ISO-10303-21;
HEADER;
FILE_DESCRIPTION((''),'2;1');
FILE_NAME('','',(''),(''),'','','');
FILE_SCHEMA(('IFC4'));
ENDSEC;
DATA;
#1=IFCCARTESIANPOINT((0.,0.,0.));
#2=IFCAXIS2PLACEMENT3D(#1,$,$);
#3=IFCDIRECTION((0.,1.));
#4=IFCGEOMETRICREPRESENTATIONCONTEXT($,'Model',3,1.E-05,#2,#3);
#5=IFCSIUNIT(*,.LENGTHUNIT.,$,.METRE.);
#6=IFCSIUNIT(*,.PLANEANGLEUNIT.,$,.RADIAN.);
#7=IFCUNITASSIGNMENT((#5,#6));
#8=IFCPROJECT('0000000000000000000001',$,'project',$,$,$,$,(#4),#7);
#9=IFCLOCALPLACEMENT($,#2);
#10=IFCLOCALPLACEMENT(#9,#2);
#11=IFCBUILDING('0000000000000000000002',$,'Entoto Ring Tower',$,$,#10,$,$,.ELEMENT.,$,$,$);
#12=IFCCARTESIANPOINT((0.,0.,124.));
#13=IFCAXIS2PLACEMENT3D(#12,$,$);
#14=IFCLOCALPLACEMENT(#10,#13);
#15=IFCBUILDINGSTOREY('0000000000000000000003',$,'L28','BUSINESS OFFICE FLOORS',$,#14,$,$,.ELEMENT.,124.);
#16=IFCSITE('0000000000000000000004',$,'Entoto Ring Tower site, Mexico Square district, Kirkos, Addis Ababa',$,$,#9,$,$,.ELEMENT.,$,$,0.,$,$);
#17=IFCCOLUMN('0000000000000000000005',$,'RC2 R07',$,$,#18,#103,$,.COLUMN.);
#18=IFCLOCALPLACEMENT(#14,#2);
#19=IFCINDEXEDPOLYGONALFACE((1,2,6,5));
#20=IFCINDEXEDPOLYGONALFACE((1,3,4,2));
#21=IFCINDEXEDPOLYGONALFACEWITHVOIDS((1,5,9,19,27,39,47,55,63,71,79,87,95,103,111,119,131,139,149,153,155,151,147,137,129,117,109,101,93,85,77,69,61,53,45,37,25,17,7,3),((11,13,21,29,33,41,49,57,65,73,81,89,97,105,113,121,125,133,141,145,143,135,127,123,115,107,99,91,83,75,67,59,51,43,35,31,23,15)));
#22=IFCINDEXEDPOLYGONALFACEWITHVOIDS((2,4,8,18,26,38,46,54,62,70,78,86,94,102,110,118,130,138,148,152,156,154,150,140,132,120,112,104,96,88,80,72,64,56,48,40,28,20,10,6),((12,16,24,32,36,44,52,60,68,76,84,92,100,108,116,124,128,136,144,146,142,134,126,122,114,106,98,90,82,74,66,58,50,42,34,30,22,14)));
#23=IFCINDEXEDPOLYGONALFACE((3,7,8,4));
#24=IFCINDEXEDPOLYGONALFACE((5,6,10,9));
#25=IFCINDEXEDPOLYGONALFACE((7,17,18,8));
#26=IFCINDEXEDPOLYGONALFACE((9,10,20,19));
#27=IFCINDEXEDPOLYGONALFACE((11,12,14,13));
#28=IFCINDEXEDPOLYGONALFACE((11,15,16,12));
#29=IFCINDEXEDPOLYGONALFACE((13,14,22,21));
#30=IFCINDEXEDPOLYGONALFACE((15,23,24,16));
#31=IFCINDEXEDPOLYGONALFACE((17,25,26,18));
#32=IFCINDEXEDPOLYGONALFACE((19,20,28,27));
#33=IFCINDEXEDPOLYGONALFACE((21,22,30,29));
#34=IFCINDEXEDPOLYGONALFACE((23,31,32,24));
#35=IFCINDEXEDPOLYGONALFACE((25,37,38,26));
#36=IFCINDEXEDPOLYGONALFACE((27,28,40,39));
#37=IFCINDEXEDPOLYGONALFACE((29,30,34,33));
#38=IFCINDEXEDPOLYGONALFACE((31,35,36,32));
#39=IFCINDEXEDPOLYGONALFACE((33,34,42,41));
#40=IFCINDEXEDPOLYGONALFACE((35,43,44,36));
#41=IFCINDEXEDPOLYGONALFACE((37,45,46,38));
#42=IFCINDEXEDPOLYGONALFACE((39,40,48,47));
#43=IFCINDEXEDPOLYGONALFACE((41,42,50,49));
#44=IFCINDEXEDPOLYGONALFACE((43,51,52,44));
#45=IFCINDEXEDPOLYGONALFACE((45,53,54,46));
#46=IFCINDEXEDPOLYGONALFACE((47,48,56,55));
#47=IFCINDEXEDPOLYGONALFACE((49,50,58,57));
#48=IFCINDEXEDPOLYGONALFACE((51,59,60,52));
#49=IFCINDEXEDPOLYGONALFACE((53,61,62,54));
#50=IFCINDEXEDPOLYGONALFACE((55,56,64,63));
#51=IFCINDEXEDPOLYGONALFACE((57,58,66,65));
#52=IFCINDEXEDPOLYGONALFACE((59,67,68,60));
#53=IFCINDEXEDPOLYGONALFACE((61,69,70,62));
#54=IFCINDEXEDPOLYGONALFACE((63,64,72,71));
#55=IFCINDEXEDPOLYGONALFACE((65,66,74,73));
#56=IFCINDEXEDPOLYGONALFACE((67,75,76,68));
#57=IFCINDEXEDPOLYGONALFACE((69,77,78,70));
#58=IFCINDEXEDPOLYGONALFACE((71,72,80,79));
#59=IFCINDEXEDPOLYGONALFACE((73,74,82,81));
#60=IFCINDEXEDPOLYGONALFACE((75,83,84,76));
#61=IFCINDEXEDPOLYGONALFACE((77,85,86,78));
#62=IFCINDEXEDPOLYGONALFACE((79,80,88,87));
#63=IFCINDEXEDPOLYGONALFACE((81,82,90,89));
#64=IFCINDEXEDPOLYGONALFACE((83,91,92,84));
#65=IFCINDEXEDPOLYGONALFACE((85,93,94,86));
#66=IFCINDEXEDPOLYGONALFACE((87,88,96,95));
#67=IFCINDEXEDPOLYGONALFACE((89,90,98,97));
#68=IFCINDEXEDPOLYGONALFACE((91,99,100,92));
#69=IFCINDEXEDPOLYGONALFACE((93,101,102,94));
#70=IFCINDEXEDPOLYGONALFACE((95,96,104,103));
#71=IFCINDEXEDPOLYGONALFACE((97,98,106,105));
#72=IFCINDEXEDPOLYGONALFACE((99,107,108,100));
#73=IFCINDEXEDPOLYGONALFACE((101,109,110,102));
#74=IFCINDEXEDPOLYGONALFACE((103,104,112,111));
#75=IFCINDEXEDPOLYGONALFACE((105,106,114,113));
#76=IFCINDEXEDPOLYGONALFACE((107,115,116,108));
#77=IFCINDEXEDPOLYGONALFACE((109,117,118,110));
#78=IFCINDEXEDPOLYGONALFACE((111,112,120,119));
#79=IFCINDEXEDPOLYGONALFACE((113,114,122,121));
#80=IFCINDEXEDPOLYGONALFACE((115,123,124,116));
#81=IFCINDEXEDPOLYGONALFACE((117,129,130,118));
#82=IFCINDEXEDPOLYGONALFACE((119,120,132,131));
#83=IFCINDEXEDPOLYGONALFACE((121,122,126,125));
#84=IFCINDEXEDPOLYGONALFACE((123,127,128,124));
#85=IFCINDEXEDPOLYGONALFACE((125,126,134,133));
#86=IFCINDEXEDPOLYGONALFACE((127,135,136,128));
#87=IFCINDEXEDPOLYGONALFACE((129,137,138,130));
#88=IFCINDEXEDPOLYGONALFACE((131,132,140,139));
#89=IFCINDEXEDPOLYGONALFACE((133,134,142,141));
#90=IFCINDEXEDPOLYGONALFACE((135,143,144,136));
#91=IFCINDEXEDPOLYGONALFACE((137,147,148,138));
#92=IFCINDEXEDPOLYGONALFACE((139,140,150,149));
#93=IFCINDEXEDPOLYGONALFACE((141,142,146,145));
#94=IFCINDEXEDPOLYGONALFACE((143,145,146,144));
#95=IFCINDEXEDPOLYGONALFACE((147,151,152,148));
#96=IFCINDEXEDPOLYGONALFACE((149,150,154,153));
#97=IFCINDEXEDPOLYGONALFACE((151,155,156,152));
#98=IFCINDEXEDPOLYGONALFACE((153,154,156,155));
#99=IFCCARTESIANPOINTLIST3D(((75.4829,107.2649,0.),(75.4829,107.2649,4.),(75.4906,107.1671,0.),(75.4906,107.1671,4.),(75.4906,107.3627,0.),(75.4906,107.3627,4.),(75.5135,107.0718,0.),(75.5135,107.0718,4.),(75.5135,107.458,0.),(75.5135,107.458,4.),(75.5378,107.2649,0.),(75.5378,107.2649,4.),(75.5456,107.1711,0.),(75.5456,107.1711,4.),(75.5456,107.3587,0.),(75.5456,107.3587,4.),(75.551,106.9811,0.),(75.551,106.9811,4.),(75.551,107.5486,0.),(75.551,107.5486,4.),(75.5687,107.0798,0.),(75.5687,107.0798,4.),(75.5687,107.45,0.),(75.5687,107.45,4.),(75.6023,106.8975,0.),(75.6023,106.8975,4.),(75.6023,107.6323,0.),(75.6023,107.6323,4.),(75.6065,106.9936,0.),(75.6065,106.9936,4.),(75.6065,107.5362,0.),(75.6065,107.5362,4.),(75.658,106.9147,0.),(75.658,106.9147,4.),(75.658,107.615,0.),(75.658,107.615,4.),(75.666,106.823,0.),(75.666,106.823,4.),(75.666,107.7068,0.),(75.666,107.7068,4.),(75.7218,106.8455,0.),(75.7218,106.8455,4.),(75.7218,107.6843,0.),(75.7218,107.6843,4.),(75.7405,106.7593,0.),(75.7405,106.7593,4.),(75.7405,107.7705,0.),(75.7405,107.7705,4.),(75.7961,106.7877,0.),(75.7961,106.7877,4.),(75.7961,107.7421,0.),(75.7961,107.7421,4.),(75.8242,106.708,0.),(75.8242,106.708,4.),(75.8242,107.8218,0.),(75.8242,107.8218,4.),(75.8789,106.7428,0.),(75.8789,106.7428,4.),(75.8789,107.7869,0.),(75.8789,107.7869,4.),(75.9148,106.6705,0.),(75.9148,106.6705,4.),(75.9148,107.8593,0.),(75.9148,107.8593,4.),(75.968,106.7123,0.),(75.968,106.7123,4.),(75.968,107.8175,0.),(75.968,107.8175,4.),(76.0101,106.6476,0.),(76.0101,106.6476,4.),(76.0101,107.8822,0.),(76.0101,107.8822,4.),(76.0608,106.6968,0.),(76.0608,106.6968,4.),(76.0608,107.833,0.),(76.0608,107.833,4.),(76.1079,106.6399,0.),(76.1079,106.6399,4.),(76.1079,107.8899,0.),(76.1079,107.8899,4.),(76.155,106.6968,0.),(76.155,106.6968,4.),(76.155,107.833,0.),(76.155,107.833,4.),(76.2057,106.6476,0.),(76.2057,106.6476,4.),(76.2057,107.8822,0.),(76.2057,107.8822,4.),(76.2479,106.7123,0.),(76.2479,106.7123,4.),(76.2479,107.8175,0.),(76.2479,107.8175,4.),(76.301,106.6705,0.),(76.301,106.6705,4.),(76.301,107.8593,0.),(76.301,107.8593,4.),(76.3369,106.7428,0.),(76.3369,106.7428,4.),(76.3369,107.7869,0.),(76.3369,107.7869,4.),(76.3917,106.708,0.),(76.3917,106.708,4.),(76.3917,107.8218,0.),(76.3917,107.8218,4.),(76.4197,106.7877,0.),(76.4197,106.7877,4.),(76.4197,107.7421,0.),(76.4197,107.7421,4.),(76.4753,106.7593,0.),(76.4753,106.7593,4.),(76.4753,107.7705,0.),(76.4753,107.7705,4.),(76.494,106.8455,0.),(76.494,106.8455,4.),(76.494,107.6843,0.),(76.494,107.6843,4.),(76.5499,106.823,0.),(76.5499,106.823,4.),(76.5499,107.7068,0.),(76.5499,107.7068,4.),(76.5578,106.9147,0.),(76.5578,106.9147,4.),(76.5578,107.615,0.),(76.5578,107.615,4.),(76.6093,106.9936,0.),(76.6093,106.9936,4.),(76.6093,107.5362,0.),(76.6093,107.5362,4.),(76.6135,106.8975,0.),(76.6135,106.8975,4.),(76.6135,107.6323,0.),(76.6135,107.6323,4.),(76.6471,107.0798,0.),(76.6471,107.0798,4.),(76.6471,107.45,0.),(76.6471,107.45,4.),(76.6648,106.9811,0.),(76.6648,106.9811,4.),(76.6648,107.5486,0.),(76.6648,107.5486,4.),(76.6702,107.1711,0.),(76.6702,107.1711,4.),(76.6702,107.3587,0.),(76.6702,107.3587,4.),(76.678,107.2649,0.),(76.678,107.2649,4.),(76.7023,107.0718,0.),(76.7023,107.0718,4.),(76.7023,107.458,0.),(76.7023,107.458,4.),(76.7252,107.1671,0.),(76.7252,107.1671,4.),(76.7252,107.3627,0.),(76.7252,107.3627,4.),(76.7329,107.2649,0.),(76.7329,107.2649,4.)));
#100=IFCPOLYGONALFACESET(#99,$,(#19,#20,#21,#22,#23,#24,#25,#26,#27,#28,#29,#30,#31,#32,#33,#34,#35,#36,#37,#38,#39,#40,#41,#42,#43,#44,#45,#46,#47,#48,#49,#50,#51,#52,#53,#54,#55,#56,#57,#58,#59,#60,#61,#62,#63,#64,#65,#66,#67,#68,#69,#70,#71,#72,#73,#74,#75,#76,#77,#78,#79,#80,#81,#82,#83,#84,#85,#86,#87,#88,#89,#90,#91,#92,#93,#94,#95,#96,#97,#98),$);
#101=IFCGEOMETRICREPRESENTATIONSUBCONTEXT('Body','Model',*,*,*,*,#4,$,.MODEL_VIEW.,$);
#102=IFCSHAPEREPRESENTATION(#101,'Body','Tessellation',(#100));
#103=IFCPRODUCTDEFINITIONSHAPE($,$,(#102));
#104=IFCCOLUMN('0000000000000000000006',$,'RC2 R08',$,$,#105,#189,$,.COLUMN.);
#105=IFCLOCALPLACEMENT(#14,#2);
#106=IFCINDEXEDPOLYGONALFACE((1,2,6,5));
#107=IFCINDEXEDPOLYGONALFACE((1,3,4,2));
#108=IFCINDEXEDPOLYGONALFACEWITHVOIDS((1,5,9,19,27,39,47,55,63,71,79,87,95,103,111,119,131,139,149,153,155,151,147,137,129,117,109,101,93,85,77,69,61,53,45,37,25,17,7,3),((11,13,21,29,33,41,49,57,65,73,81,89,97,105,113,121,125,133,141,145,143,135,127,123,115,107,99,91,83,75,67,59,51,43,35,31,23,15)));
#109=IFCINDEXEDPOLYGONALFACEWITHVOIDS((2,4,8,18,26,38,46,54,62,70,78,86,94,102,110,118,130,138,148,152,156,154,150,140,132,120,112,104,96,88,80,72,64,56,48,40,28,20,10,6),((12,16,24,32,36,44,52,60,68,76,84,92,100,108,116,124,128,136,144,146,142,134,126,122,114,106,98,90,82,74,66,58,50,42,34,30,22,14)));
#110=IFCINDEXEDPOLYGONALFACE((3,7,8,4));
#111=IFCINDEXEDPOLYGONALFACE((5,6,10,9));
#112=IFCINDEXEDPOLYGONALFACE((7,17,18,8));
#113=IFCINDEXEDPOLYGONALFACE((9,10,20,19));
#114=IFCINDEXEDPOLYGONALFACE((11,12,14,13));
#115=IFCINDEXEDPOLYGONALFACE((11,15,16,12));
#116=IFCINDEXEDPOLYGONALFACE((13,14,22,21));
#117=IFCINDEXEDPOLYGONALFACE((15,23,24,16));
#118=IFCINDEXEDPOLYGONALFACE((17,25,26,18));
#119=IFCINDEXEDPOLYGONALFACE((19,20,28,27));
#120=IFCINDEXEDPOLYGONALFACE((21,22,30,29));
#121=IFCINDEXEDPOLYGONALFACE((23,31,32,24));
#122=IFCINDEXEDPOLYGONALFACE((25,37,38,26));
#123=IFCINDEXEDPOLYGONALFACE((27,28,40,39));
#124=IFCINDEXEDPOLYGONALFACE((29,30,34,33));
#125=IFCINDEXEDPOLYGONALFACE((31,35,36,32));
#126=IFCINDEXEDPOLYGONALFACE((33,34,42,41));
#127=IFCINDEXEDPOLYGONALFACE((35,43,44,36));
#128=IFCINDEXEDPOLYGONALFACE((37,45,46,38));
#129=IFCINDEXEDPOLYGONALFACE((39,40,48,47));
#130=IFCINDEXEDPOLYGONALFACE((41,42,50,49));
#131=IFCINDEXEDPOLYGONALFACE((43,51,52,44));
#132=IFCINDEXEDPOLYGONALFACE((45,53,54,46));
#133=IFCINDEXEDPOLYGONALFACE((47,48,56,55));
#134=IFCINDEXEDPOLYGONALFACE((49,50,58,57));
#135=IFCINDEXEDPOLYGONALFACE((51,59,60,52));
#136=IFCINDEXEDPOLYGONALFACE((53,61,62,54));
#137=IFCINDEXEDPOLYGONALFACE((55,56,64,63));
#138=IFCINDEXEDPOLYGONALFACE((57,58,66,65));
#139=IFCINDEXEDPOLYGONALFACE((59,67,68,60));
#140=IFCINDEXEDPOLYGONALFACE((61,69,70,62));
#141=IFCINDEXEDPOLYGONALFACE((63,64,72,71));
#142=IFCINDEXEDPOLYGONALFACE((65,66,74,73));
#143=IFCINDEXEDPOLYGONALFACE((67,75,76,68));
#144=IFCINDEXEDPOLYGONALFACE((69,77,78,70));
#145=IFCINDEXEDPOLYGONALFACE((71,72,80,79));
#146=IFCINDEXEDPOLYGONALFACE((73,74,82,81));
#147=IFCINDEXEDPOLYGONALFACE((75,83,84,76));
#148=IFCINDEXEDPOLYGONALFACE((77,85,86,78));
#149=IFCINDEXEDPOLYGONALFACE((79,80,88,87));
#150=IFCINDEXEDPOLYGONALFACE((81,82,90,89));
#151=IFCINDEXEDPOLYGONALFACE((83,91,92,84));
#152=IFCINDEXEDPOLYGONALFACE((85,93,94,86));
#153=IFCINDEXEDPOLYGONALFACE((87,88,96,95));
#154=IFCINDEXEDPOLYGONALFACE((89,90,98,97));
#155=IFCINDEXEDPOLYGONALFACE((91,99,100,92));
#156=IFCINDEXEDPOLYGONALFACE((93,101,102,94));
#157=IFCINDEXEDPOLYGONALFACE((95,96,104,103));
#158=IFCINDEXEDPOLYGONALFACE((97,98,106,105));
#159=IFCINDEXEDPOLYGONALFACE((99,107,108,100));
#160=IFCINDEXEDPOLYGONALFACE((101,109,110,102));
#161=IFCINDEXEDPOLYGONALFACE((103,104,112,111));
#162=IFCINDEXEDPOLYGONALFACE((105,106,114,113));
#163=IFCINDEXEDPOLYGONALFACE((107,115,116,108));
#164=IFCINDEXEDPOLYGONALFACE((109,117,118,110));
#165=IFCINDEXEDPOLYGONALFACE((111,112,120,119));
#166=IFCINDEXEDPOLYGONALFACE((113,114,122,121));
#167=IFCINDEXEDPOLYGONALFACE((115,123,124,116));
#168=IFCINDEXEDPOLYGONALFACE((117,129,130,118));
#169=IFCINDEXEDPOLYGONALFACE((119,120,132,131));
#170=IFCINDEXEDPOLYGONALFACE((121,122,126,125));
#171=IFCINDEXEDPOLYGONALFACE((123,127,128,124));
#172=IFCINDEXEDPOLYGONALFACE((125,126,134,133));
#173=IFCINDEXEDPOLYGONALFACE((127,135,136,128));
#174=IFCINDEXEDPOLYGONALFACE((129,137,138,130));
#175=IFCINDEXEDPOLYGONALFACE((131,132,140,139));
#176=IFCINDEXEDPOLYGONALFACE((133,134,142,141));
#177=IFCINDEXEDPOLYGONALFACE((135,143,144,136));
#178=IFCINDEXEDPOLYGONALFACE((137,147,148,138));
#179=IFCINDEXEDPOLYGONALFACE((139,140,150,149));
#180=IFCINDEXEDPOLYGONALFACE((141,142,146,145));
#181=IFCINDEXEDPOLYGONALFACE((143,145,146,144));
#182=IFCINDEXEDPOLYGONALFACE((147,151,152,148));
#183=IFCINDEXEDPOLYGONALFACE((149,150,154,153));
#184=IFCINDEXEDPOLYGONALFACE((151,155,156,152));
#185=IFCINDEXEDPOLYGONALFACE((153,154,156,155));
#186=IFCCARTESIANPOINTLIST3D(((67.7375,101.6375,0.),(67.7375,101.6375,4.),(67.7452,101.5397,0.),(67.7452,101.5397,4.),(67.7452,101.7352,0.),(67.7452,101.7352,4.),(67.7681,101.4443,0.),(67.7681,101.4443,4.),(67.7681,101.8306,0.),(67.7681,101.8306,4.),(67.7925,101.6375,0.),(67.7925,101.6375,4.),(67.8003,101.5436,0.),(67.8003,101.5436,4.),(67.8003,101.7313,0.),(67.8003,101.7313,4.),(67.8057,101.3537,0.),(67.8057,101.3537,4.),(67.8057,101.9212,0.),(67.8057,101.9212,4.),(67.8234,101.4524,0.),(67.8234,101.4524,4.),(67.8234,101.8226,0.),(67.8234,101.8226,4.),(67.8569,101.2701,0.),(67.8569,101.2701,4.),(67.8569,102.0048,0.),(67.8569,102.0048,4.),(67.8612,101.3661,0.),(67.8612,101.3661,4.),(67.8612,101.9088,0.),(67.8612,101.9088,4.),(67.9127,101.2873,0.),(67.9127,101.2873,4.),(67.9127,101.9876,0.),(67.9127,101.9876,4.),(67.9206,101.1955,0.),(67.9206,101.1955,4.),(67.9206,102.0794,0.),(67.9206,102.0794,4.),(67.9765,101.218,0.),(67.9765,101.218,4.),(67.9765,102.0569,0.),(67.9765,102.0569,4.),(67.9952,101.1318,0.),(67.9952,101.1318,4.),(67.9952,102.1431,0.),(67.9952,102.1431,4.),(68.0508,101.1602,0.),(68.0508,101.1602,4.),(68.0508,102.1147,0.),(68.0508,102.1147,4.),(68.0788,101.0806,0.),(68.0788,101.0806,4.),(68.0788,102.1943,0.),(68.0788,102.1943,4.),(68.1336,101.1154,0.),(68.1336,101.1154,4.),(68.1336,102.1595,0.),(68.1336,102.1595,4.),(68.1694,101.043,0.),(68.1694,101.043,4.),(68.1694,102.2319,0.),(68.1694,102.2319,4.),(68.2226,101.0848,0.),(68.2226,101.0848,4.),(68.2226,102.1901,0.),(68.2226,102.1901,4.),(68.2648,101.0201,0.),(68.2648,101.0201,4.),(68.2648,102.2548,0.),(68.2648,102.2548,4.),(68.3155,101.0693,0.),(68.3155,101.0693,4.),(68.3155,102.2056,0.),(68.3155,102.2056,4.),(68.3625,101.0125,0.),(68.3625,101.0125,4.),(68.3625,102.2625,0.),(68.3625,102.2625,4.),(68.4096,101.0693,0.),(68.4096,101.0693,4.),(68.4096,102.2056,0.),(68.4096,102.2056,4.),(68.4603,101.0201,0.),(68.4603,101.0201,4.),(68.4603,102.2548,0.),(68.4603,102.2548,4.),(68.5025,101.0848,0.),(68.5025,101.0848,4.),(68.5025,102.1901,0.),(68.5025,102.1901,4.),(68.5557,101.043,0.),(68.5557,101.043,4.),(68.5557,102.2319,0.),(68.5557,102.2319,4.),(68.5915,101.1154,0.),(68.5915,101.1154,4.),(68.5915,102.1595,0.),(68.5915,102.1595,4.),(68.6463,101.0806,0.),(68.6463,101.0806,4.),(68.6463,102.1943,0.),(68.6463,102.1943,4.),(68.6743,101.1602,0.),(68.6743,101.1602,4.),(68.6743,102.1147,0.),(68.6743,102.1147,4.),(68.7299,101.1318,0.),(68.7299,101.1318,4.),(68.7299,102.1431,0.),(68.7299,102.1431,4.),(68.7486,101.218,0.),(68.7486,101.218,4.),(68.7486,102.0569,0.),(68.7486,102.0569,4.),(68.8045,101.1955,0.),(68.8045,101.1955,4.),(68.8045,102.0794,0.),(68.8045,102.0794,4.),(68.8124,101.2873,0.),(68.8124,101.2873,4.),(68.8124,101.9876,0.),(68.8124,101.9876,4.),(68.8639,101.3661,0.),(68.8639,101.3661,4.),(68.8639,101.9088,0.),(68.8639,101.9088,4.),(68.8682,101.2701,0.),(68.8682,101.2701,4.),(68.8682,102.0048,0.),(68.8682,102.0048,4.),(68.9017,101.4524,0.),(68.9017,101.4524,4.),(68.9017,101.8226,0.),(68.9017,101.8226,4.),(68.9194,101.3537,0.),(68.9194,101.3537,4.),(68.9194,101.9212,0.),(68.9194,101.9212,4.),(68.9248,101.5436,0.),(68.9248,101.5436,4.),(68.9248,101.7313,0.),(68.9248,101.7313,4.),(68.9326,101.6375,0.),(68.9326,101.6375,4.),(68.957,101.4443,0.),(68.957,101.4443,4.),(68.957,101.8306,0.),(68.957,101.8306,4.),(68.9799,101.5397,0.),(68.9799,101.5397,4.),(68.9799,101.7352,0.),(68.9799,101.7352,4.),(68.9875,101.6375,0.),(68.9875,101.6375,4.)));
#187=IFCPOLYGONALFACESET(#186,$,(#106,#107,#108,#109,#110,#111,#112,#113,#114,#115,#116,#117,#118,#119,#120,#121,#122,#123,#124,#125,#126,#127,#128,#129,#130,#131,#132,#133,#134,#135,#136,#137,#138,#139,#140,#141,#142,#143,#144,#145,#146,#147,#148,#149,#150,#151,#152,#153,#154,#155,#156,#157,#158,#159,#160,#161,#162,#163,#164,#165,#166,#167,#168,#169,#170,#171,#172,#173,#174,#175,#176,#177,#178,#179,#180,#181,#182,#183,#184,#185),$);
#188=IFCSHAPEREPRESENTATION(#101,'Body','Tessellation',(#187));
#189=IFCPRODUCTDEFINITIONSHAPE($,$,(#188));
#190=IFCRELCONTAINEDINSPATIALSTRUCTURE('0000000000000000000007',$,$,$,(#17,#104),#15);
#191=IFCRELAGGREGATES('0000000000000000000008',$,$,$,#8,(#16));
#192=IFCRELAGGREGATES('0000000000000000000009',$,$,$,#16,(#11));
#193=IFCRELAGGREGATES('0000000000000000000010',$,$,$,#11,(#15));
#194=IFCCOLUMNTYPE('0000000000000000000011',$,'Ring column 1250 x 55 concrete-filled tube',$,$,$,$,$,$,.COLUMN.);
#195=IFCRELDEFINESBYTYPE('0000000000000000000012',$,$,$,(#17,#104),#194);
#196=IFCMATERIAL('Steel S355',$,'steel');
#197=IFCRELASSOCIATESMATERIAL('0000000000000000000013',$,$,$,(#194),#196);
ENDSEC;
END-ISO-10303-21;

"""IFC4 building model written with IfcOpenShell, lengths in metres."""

from ifc_helpers import new_model, si_unit, direction, frame, origin, origin_2d, place, context, subcontext, project, spatial, circle, hollow_circle, extrude, material, material_profile, profile_set, type_object, element, save


model = new_model("IFC4")

# Units and contexts
model_context = context("Model", 3, precision=1e-05, world=origin(), true_north=direction((0.0, 1.0)))
body_context = subcontext(model_context, "Body", "Model", "MODEL_VIEW")
ifc_project = project(units=[si_unit("LENGTHUNIT", "METRE"), si_unit("PLANEANGLEUNIT", "RADIAN")], contexts=[model_context])

# Site, building, storey
site_placement = place(None, origin())
site = spatial("IfcSite", under=ifc_project, at=site_placement, Name="Entoto Ring Tower site, Mexico Square district, Kirkos, Addis Ababa", CompositionType="ELEMENT", RefElevation=0.0)
building_placement = place(site_placement, origin())
building = spatial("IfcBuilding", under=site, at=building_placement, Name="Entoto Ring Tower", CompositionType="ELEMENT")
storey_placement = place(building_placement, frame((0.0, 0.0, 124.0)))
storey = spatial("IfcBuildingStorey", under=building, at=storey_placement, Name="L28", Description="BUSINESS OFFICE FLOORS", CompositionType="ELEMENT", Elevation=124.0)

# Columns
ifc_material_1 = material(Name="Steel S355", Category="steel")
ifc_material_profile_1 = material_profile(ifc_material_1, hollow_circle(Radius=0.625, WallThickness=0.0549, at=origin_2d()), Name="CHS 1250 x 55")
ifc_material_2 = material(Name="Concrete C60/75", Category="concrete")
ifc_material_profile_2 = material_profile(ifc_material_2, circle(Radius=0.5701, at=origin_2d()), Name="Concrete C60/75 infill")
ifc_profile_set_1 = profile_set([ifc_material_profile_1, ifc_material_profile_2], Name="Steel S355")
column_type = type_object("IfcColumnType", Name="Ring column 1250 x 55 concrete-filled tube", PredefinedType="COLUMN", material=ifc_profile_set_1)
for number, where, z_axis, x_axis, name in (
    (1, (76.1079, 107.2649, 0.0), (0.0, 0.0, 1.0), (1.0, 0.0, 0.0), "RC2 R07"),
    (2, (68.3625, 101.6375, 0.0), (0.0, 0.0, 1.0), (1.0, 0.0, 0.0), "RC2 R08"),
):
    element("IfcColumn", number, at=place(storey_placement, frame(where, z_axis=z_axis, x_axis=x_axis)), inside=storey, type_object=column_type, Name=name, PredefinedType="COLUMN", context=body_context, shape_type="SweptSolid", body=[
        extrude(hollow_circle(Radius=0.625, WallThickness=0.0549, at=origin_2d()), origin(), (0.0, 0.0, 1.0), 4.0),
    ])

save(model, "model.ifc")
